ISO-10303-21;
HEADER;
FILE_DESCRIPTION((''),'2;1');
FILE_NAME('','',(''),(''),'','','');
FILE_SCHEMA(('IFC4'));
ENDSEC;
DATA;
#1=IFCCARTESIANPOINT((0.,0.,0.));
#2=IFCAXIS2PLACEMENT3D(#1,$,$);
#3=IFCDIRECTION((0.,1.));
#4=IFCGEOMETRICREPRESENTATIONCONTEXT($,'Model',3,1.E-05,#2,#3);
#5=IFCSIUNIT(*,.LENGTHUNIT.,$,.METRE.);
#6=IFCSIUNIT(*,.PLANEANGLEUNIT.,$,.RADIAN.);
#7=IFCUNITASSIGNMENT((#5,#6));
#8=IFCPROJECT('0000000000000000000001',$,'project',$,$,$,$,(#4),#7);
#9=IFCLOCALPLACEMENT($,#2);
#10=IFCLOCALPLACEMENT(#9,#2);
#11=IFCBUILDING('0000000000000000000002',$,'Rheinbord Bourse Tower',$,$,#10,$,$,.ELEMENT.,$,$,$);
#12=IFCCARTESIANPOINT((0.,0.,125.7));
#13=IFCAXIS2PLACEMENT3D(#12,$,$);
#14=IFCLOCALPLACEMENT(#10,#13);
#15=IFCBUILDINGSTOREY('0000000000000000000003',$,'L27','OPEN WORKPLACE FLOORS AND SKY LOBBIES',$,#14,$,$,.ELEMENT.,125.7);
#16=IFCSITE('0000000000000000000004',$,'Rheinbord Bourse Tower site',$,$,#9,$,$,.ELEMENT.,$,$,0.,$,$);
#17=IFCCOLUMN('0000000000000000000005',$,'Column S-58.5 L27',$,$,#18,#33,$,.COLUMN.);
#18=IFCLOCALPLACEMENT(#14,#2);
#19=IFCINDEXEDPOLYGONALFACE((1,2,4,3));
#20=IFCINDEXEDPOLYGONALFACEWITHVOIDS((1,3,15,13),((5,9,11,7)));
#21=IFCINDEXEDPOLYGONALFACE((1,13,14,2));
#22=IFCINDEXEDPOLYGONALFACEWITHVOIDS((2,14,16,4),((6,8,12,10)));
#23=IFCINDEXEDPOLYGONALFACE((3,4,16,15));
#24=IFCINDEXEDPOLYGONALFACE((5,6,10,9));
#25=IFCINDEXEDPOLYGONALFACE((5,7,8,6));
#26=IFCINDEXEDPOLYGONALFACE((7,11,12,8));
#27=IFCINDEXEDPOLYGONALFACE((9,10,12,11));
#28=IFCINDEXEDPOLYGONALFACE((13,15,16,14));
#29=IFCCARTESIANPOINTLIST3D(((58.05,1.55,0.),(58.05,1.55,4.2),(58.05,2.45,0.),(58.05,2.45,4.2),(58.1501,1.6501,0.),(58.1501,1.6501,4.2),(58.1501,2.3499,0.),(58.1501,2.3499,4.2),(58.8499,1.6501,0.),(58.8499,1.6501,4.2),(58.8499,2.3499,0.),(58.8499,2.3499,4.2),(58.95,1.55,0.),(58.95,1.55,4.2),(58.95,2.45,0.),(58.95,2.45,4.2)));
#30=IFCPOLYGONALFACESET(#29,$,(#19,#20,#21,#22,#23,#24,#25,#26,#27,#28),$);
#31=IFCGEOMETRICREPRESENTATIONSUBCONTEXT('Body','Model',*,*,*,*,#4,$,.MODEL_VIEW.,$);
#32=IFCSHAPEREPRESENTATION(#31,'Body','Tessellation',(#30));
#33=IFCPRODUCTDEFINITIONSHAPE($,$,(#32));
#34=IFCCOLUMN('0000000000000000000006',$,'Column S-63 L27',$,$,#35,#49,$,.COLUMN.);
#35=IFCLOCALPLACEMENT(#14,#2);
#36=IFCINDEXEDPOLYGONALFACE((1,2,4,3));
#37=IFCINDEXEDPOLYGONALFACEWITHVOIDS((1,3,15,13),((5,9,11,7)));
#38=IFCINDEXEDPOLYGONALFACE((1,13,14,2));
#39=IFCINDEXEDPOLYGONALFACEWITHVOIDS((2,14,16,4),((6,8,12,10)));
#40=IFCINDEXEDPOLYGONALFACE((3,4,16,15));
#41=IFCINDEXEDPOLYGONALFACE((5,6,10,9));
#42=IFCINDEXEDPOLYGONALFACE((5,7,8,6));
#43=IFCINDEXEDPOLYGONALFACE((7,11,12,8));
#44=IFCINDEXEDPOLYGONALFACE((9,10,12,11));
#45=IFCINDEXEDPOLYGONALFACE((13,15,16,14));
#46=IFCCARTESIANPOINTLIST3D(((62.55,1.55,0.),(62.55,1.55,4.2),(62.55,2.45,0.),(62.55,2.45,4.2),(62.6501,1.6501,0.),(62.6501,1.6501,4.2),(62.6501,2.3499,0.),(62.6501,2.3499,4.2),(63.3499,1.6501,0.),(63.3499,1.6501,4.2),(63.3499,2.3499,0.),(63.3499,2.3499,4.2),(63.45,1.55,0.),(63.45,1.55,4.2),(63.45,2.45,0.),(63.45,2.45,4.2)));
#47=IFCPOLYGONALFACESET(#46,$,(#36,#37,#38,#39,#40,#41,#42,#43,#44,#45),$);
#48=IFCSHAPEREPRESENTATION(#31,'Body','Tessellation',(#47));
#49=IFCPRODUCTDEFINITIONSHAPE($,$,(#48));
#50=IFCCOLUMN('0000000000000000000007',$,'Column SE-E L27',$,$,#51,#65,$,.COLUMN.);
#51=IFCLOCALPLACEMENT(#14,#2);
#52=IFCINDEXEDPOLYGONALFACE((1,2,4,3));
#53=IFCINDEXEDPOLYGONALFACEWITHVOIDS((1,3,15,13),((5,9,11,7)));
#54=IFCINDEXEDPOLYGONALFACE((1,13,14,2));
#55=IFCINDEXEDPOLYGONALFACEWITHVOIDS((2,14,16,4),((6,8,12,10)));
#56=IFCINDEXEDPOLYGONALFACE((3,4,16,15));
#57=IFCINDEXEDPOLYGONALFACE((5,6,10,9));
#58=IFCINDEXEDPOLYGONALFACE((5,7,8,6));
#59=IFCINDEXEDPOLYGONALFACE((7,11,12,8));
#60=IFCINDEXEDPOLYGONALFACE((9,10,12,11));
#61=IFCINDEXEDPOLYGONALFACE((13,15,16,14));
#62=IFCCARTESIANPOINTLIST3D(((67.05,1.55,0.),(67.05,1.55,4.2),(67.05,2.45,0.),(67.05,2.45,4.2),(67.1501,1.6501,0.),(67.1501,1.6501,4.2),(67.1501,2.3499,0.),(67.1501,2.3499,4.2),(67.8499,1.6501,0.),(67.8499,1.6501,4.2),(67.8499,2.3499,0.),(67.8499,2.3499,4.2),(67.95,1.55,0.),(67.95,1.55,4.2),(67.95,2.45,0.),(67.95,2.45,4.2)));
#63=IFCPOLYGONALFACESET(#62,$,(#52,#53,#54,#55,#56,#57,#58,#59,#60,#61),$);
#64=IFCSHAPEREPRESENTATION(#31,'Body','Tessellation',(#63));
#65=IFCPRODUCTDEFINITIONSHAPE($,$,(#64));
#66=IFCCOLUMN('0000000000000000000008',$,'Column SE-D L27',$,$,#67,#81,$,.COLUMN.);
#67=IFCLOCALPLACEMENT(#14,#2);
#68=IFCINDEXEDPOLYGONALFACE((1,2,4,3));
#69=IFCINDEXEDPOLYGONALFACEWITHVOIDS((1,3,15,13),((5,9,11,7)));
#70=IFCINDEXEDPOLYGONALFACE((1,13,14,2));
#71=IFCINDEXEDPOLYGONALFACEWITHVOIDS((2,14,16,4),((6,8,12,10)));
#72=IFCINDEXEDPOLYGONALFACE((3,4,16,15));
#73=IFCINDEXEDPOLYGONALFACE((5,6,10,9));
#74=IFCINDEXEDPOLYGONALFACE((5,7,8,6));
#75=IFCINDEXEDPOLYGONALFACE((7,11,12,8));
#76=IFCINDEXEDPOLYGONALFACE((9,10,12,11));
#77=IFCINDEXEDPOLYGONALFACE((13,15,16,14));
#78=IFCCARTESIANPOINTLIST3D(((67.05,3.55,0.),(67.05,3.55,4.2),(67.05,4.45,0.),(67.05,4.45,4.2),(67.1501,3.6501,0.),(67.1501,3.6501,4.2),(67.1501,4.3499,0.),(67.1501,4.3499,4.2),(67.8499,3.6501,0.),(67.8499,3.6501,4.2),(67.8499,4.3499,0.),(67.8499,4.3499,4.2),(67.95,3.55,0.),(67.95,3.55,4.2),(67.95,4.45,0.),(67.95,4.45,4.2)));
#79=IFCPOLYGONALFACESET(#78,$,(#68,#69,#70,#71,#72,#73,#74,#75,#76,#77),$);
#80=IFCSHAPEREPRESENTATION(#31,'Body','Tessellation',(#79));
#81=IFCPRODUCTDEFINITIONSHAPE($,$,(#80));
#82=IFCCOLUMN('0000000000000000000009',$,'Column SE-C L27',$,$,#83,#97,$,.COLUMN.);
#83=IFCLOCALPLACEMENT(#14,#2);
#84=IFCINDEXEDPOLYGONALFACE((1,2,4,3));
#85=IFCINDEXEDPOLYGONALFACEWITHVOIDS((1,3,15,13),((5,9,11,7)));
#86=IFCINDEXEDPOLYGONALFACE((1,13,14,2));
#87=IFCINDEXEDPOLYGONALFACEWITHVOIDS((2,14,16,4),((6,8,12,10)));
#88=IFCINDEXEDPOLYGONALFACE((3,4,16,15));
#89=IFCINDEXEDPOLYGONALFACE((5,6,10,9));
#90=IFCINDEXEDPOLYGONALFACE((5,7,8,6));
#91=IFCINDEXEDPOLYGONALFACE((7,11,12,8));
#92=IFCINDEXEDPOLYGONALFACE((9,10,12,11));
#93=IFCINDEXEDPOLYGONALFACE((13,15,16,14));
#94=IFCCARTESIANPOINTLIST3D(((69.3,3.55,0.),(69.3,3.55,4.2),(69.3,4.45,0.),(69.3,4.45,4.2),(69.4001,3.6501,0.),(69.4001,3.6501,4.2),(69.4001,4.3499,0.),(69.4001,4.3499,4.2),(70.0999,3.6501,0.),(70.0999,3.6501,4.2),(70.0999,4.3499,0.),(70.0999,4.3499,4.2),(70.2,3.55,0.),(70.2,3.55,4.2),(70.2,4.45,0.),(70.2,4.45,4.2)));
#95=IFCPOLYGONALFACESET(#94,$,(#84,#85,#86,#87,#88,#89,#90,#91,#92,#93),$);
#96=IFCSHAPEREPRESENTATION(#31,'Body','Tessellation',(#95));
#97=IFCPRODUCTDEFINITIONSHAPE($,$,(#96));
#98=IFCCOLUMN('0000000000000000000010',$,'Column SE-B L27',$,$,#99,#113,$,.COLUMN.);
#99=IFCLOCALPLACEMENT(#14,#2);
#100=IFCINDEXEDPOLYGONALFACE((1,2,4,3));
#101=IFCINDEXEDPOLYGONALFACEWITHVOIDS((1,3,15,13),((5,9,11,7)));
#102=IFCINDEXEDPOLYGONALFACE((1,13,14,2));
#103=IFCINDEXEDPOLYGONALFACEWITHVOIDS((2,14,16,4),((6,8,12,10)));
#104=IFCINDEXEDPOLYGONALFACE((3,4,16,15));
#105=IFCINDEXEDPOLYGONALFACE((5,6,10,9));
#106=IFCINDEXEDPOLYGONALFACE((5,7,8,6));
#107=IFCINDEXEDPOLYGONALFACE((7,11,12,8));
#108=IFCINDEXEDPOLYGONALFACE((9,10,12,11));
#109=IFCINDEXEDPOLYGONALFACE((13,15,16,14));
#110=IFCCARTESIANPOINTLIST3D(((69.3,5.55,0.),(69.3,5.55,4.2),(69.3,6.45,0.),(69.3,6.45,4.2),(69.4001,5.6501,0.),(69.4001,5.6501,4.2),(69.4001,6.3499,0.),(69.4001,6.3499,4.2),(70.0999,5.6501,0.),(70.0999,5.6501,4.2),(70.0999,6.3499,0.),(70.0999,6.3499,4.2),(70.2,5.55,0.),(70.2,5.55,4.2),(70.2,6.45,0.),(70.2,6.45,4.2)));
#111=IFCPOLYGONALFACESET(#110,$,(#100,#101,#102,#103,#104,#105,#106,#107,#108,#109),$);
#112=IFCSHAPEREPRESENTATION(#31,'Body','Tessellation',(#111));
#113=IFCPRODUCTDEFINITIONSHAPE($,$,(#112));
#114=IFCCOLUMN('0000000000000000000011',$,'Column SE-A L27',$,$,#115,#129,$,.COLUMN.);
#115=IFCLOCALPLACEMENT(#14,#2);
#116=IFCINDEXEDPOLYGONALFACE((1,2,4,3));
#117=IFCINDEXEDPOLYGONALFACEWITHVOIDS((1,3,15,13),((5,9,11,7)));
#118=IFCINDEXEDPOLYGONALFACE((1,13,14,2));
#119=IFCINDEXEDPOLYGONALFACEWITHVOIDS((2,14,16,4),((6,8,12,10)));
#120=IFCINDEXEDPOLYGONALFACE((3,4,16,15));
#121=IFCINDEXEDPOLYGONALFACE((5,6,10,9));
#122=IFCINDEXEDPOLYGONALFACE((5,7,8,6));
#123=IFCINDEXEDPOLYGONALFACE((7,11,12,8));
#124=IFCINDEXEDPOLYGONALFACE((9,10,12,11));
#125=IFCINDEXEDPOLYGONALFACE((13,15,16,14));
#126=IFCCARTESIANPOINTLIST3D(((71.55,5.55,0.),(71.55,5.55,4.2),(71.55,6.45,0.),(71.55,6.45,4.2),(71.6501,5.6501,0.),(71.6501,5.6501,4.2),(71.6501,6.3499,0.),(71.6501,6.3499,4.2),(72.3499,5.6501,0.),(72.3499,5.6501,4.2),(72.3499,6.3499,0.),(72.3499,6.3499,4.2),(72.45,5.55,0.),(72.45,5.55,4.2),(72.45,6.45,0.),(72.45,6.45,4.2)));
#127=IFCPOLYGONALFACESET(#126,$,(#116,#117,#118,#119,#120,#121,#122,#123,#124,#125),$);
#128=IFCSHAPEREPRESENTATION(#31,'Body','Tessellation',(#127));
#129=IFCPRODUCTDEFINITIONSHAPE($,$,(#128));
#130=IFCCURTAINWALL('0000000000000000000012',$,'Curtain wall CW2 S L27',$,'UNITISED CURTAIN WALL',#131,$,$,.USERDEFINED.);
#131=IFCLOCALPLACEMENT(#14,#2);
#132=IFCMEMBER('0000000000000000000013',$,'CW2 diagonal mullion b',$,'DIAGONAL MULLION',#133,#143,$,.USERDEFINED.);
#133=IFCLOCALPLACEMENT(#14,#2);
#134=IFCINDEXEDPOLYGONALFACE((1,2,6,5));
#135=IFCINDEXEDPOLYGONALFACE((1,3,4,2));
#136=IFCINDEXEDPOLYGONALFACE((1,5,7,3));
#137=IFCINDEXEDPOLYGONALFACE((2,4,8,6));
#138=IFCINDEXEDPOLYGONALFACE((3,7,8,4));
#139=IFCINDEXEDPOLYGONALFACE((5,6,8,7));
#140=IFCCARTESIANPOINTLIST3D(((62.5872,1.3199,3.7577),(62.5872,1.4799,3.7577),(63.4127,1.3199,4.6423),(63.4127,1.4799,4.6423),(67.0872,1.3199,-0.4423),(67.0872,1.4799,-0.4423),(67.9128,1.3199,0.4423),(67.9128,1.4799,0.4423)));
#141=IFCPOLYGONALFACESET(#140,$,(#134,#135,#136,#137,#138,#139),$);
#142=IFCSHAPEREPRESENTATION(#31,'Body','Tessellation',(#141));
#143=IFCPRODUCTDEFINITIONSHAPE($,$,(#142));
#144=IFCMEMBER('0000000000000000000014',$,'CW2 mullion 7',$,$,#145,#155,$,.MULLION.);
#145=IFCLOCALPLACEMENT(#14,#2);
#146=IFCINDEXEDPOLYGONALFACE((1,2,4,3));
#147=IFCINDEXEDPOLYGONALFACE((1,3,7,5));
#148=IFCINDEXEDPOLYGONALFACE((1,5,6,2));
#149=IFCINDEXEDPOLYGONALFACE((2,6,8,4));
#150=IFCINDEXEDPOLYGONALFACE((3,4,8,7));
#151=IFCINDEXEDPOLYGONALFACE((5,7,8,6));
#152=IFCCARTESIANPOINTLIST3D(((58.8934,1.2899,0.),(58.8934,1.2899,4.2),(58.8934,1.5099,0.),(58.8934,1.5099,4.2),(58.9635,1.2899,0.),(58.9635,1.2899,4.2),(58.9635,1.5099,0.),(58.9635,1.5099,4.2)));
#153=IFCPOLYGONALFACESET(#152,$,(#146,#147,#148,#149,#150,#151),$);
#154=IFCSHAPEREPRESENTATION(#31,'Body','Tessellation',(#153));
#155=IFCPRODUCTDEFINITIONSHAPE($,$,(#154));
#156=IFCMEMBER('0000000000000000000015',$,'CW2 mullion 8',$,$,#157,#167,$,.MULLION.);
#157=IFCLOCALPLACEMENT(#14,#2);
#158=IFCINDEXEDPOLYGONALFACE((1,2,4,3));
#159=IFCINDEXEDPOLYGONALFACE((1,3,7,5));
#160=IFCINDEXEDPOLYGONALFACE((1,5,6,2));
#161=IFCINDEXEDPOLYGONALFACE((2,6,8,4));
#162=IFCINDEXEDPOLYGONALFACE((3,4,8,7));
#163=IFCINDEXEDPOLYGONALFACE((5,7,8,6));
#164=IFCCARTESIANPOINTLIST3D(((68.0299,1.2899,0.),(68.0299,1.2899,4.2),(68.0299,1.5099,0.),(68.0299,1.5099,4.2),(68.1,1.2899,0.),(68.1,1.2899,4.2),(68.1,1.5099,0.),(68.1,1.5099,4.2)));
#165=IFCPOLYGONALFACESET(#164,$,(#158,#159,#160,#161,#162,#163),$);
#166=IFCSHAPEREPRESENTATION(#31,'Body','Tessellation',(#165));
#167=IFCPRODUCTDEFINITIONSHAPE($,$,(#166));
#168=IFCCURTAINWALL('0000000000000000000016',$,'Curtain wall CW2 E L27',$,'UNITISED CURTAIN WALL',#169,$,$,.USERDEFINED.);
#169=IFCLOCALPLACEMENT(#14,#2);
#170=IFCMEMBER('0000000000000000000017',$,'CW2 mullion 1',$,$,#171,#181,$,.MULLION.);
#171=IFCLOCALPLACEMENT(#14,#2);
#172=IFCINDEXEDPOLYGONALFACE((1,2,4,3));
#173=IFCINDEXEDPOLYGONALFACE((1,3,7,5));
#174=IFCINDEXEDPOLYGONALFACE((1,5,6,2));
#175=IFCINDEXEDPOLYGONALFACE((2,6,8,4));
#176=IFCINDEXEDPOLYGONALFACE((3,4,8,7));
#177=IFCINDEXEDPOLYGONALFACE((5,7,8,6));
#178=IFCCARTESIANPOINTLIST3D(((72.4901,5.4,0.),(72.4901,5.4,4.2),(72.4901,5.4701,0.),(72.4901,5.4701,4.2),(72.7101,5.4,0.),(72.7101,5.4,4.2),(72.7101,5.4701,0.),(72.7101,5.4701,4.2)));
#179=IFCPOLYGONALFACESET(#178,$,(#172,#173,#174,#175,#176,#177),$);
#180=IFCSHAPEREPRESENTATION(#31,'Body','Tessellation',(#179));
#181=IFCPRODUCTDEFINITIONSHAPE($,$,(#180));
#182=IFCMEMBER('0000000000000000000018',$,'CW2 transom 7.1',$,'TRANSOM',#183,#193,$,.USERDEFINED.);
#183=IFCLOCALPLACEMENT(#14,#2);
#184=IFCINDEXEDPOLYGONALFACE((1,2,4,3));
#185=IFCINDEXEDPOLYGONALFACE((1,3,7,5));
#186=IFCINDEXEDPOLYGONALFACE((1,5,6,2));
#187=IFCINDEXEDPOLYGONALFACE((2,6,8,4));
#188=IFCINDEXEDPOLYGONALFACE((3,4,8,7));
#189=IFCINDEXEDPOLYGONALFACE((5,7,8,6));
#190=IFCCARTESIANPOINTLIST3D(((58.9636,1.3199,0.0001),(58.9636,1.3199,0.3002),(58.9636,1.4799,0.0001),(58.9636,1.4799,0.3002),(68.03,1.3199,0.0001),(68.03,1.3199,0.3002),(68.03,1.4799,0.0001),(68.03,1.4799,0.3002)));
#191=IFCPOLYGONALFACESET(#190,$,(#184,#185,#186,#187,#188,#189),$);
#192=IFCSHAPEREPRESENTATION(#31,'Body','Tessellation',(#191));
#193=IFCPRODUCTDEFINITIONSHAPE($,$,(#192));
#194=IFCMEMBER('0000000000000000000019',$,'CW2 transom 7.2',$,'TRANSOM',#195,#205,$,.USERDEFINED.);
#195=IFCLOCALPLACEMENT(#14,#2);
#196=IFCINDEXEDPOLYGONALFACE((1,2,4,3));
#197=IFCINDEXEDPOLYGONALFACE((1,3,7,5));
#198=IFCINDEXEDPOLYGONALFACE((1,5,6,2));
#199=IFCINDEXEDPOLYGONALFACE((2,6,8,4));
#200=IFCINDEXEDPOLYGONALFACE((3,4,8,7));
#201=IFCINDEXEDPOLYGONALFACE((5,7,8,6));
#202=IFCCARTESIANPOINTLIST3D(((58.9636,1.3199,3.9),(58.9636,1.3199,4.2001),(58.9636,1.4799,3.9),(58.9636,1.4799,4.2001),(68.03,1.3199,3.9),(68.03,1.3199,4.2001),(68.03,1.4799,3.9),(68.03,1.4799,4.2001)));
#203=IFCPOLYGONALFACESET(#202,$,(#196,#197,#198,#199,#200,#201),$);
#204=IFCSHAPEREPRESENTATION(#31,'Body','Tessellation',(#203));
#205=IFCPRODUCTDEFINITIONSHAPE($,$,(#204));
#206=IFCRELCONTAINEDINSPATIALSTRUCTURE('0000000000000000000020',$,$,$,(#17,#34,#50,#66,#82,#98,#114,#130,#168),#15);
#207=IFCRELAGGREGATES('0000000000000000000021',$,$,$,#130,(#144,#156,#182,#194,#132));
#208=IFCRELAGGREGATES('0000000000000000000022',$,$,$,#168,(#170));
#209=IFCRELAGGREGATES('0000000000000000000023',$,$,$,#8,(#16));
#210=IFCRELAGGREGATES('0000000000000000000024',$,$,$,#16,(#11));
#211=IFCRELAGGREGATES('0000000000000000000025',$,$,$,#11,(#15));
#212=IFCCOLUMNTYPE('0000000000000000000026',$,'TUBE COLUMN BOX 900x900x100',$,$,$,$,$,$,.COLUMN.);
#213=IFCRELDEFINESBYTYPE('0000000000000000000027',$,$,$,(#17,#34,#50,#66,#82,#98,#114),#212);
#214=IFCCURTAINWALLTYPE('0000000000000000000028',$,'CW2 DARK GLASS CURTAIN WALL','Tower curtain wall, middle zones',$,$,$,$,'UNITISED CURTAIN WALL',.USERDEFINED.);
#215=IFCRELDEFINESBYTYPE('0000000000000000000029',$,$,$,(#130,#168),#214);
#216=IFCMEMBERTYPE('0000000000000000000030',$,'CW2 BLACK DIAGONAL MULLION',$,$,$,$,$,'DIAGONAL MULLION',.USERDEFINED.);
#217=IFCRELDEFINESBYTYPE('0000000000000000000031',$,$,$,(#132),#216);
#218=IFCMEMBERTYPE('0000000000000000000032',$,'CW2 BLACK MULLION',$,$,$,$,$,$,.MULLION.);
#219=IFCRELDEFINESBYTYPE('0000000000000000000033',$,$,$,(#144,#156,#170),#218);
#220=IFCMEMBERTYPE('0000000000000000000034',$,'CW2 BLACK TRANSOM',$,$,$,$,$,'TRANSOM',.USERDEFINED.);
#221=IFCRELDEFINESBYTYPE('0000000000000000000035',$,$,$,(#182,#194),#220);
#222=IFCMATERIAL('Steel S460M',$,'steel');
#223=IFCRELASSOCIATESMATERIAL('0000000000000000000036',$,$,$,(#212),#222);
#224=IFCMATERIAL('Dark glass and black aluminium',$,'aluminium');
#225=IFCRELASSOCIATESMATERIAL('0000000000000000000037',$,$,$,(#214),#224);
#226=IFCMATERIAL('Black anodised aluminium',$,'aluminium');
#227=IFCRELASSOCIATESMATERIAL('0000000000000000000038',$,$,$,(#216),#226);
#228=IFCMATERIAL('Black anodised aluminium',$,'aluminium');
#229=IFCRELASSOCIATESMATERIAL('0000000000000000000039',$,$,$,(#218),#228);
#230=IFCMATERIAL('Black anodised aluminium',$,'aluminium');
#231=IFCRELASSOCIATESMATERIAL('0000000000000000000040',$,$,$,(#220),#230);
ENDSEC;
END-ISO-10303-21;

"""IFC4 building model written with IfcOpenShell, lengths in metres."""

from ifc_helpers import new_model, si_unit, direction, frame, origin, origin_2d, place, context, subcontext, project, spatial, rectangle, hollow_rectangle, extrude, material, material_profile, profile_set, type_object, element, aggregate, save


model = new_model("IFC4")

# Units and contexts
model_context = context("Model", 3, precision=1e-05, world=origin(), true_north=direction((0.0, 1.0)))
body_context = subcontext(model_context, "Body", "Model", "MODEL_VIEW")
ifc_project = project(units=[si_unit("LENGTHUNIT", "METRE"), si_unit("PLANEANGLEUNIT", "RADIAN")], contexts=[model_context])

# Site, building, storey
site_placement = place(None, origin())
site = spatial("IfcSite", under=ifc_project, at=site_placement, Name="Rheinbord Bourse Tower site", CompositionType="ELEMENT", RefElevation=0.0)
building_placement = place(site_placement, origin())
building = spatial("IfcBuilding", under=site, at=building_placement, Name="Rheinbord Bourse Tower", CompositionType="ELEMENT")
storey_placement = place(building_placement, frame((0.0, 0.0, 125.7)))
storey = spatial("IfcBuildingStorey", under=building, at=storey_placement, Name="L27", Description="OPEN WORKPLACE FLOORS AND SKY LOBBIES", CompositionType="ELEMENT", Elevation=125.7)

# Columns
ifc_material_1 = material(Name="Steel S460M", Category="steel")
ifc_material_profile_1 = material_profile(ifc_material_1, hollow_rectangle(XDim=0.8999, YDim=0.8999, WallThickness=0.1001, at=origin_2d()), Name="BOX 900x900x100")
ifc_profile_set_1 = profile_set([ifc_material_profile_1], Name="Steel S460M")
column_type = type_object("IfcColumnType", Name="TUBE COLUMN BOX 900x900x100", PredefinedType="COLUMN", material=ifc_profile_set_1)
for number, where, z_axis, x_axis, name in (
    (1, (58.5, 2.0, 0.0), (0.0, 0.0, 1.0), (0.0, 1.0, 0.0), "Column S-58.5 L27"),
    (2, (63.0, 2.0, 0.0), (0.0, 0.0, 1.0), (0.0, 1.0, 0.0), "Column S-63 L27"),
    (3, (67.5, 2.0, 0.0), (0.0, 0.0, 1.0), (0.0, 1.0, 0.0), "Column SE-E L27"),
    (4, (67.5, 4.0, 0.0), (0.0, 0.0, 1.0), (0.0, 1.0, 0.0), "Column SE-D L27"),
    (5, (69.75, 4.0, 0.0), (0.0, 0.0, 1.0), (1.0, 0.0, 0.0), "Column SE-C L27"),
    (6, (69.75, 6.0, 0.0), (0.0, 0.0, 1.0), (1.0, 0.0, 0.0), "Column SE-B L27"),
    (7, (72.0, 6.0, 0.0), (0.0, 0.0, 1.0), (1.0, 0.0, 0.0), "Column SE-A L27"),
):
    element("IfcColumn", number, at=place(storey_placement, frame(where, z_axis=z_axis, x_axis=x_axis)), inside=storey, type_object=column_type, Name=name, PredefinedType="COLUMN", context=body_context, shape_type="SweptSolid", body=[
        extrude(hollow_rectangle(XDim=0.8999, YDim=0.8999, WallThickness=0.1001, at=origin_2d()), origin(), (0.0, 0.0, 1.0), 4.2),
    ])

# Curtain wall, members
ifc_material_2 = material(Name="Dark glass and black aluminium", Category="aluminium")
curtain_wall_type = type_object("IfcCurtainWallType", Name="CW2 DARK GLASS CURTAIN WALL", Description="Tower curtain wall, middle zones", ElementType="UNITISED CURTAIN WALL", PredefinedType="USERDEFINED", material=ifc_material_2)
curtain_wall_1_placement = place(storey_placement, origin())
curtain_wall_1 = element("IfcCurtainWall", 8, at=curtain_wall_1_placement, inside=storey, type_object=curtain_wall_type, Name="Curtain wall CW2 S L27", ObjectType="UNITISED CURTAIN WALL", PredefinedType="USERDEFINED")
ifc_material_3 = material(Name="Black anodised aluminium", Category="aluminium")
ifc_material_profile_2 = material_profile(ifc_material_3, rectangle(XDim=0.1599, YDim=1.21, at=origin_2d()), Name="CW2 DIAGONAL MULLION 1210x160")
ifc_profile_set_2 = profile_set([ifc_material_profile_2], Name="Black anodised aluminium")
member_type_1 = type_object("IfcMemberType", Name="CW2 BLACK DIAGONAL MULLION", ElementType="DIAGONAL MULLION", PredefinedType="USERDEFINED", material=ifc_profile_set_2)
member_1_placement = place(storey_placement, frame((67.5, 1.3999, 0.0), z_axis=(-0.731059, 0.0, 0.682314), x_axis=(0.0, -1.0, 0.0)))
member_1 = element("IfcMember", 9, at=member_1_placement, type_object=member_type_1, Name="CW2 diagonal mullion b", ObjectType="DIAGONAL MULLION", PredefinedType="USERDEFINED", context=body_context, shape_type="SweptSolid", body=[
    extrude(rectangle(XDim=0.1599, YDim=1.21, at=origin_2d()), origin(), (0.0, 0.0, 1.0), 6.1555),
])
ifc_material_4 = material(Name="Black anodised aluminium", Category="aluminium")
ifc_material_profile_3 = material_profile(ifc_material_4, rectangle(XDim=0.22, YDim=0.0701, at=origin_2d()), Name="CW2 MULLION 70x220")
ifc_profile_set_3 = profile_set([ifc_material_profile_3], Name="Black anodised aluminium")
member_type_2 = type_object("IfcMemberType", Name="CW2 BLACK MULLION", PredefinedType="MULLION", material=ifc_profile_set_3)
member_2_placement = place(storey_placement, frame((58.9285, 1.3999, 0.0), z_axis=(0.0, 0.0, 1.0), x_axis=(0.0, 1.0, 0.0)))
member_2 = element("IfcMember", 10, at=member_2_placement, type_object=member_type_2, Name="CW2 mullion 7", PredefinedType="MULLION", context=body_context, shape_type="SweptSolid", body=[
    extrude(rectangle(XDim=0.22, YDim=0.0701, at=origin_2d()), origin(), (0.0, 0.0, 1.0), 4.2),
])
member_3_placement = place(storey_placement, frame((68.0649, 1.3999, 0.0), z_axis=(0.0, 0.0, 1.0), x_axis=(0.0, 1.0, 0.0)))
member_3 = element("IfcMember", 11, at=member_3_placement, type_object=member_type_2, Name="CW2 mullion 8", PredefinedType="MULLION", context=body_context, shape_type="SweptSolid", body=[
    extrude(rectangle(XDim=0.22, YDim=0.0701, at=origin_2d()), origin(), (0.0, 0.0, 1.0), 4.2),
])

# Curtain wall, member
curtain_wall_2_placement = place(storey_placement, origin())
curtain_wall_2 = element("IfcCurtainWall", 12, at=curtain_wall_2_placement, inside=storey, type_object=curtain_wall_type, Name="Curtain wall CW2 E L27", ObjectType="UNITISED CURTAIN WALL", PredefinedType="USERDEFINED")
member_4_placement = place(storey_placement, frame((72.6001, 5.4351, 0.0), z_axis=(0.0, 0.0, 1.0), x_axis=(-1.0, 0.0, 0.0)))
member_4 = element("IfcMember", 13, at=member_4_placement, type_object=member_type_2, Name="CW2 mullion 1", PredefinedType="MULLION", context=body_context, shape_type="SweptSolid", body=[
    extrude(rectangle(XDim=0.22, YDim=0.0701, at=origin_2d()), origin(), (0.0, 0.0, 1.0), 4.2),
])

# Members
ifc_material_5 = material(Name="Black anodised aluminium", Category="aluminium")
ifc_material_profile_4 = material_profile(ifc_material_5, rectangle(XDim=0.1599, YDim=0.3, at=origin_2d()), Name="CW2 TRANSOM 300x160")
ifc_profile_set_4 = profile_set([ifc_material_profile_4], Name="Black anodised aluminium")
member_type_3 = type_object("IfcMemberType", Name="CW2 BLACK TRANSOM", ElementType="TRANSOM", PredefinedType="USERDEFINED", material=ifc_profile_set_4)
member_5_placement = place(storey_placement, frame((58.9636, 1.3999, 0.1501), z_axis=(1.0, 0.0, 0.0), x_axis=(0.0, 1.0, 0.0)))
member_5 = element("IfcMember", 14, at=member_5_placement, type_object=member_type_3, Name="CW2 transom 7.1", ObjectType="TRANSOM", PredefinedType="USERDEFINED", context=body_context, shape_type="SweptSolid", body=[
    extrude(rectangle(XDim=0.1599, YDim=0.3, at=origin_2d()), origin(), (0.0, 0.0, 1.0), 9.0664),
])
member_6_placement = place(storey_placement, frame((58.9636, 1.3999, 4.05), z_axis=(1.0, 0.0, 0.0), x_axis=(0.0, 1.0, 0.0)))
member_6 = element("IfcMember", 15, at=member_6_placement, type_object=member_type_3, Name="CW2 transom 7.2", ObjectType="TRANSOM", PredefinedType="USERDEFINED", context=body_context, shape_type="SweptSolid", body=[
    extrude(rectangle(XDim=0.1599, YDim=0.3, at=origin_2d()), origin(), (0.0, 0.0, 1.0), 9.0664),
])

aggregate(curtain_wall_1, [member_2, member_3, member_5, member_6, member_1])
aggregate(curtain_wall_2, [member_4])

save(model, "model.ifc")
